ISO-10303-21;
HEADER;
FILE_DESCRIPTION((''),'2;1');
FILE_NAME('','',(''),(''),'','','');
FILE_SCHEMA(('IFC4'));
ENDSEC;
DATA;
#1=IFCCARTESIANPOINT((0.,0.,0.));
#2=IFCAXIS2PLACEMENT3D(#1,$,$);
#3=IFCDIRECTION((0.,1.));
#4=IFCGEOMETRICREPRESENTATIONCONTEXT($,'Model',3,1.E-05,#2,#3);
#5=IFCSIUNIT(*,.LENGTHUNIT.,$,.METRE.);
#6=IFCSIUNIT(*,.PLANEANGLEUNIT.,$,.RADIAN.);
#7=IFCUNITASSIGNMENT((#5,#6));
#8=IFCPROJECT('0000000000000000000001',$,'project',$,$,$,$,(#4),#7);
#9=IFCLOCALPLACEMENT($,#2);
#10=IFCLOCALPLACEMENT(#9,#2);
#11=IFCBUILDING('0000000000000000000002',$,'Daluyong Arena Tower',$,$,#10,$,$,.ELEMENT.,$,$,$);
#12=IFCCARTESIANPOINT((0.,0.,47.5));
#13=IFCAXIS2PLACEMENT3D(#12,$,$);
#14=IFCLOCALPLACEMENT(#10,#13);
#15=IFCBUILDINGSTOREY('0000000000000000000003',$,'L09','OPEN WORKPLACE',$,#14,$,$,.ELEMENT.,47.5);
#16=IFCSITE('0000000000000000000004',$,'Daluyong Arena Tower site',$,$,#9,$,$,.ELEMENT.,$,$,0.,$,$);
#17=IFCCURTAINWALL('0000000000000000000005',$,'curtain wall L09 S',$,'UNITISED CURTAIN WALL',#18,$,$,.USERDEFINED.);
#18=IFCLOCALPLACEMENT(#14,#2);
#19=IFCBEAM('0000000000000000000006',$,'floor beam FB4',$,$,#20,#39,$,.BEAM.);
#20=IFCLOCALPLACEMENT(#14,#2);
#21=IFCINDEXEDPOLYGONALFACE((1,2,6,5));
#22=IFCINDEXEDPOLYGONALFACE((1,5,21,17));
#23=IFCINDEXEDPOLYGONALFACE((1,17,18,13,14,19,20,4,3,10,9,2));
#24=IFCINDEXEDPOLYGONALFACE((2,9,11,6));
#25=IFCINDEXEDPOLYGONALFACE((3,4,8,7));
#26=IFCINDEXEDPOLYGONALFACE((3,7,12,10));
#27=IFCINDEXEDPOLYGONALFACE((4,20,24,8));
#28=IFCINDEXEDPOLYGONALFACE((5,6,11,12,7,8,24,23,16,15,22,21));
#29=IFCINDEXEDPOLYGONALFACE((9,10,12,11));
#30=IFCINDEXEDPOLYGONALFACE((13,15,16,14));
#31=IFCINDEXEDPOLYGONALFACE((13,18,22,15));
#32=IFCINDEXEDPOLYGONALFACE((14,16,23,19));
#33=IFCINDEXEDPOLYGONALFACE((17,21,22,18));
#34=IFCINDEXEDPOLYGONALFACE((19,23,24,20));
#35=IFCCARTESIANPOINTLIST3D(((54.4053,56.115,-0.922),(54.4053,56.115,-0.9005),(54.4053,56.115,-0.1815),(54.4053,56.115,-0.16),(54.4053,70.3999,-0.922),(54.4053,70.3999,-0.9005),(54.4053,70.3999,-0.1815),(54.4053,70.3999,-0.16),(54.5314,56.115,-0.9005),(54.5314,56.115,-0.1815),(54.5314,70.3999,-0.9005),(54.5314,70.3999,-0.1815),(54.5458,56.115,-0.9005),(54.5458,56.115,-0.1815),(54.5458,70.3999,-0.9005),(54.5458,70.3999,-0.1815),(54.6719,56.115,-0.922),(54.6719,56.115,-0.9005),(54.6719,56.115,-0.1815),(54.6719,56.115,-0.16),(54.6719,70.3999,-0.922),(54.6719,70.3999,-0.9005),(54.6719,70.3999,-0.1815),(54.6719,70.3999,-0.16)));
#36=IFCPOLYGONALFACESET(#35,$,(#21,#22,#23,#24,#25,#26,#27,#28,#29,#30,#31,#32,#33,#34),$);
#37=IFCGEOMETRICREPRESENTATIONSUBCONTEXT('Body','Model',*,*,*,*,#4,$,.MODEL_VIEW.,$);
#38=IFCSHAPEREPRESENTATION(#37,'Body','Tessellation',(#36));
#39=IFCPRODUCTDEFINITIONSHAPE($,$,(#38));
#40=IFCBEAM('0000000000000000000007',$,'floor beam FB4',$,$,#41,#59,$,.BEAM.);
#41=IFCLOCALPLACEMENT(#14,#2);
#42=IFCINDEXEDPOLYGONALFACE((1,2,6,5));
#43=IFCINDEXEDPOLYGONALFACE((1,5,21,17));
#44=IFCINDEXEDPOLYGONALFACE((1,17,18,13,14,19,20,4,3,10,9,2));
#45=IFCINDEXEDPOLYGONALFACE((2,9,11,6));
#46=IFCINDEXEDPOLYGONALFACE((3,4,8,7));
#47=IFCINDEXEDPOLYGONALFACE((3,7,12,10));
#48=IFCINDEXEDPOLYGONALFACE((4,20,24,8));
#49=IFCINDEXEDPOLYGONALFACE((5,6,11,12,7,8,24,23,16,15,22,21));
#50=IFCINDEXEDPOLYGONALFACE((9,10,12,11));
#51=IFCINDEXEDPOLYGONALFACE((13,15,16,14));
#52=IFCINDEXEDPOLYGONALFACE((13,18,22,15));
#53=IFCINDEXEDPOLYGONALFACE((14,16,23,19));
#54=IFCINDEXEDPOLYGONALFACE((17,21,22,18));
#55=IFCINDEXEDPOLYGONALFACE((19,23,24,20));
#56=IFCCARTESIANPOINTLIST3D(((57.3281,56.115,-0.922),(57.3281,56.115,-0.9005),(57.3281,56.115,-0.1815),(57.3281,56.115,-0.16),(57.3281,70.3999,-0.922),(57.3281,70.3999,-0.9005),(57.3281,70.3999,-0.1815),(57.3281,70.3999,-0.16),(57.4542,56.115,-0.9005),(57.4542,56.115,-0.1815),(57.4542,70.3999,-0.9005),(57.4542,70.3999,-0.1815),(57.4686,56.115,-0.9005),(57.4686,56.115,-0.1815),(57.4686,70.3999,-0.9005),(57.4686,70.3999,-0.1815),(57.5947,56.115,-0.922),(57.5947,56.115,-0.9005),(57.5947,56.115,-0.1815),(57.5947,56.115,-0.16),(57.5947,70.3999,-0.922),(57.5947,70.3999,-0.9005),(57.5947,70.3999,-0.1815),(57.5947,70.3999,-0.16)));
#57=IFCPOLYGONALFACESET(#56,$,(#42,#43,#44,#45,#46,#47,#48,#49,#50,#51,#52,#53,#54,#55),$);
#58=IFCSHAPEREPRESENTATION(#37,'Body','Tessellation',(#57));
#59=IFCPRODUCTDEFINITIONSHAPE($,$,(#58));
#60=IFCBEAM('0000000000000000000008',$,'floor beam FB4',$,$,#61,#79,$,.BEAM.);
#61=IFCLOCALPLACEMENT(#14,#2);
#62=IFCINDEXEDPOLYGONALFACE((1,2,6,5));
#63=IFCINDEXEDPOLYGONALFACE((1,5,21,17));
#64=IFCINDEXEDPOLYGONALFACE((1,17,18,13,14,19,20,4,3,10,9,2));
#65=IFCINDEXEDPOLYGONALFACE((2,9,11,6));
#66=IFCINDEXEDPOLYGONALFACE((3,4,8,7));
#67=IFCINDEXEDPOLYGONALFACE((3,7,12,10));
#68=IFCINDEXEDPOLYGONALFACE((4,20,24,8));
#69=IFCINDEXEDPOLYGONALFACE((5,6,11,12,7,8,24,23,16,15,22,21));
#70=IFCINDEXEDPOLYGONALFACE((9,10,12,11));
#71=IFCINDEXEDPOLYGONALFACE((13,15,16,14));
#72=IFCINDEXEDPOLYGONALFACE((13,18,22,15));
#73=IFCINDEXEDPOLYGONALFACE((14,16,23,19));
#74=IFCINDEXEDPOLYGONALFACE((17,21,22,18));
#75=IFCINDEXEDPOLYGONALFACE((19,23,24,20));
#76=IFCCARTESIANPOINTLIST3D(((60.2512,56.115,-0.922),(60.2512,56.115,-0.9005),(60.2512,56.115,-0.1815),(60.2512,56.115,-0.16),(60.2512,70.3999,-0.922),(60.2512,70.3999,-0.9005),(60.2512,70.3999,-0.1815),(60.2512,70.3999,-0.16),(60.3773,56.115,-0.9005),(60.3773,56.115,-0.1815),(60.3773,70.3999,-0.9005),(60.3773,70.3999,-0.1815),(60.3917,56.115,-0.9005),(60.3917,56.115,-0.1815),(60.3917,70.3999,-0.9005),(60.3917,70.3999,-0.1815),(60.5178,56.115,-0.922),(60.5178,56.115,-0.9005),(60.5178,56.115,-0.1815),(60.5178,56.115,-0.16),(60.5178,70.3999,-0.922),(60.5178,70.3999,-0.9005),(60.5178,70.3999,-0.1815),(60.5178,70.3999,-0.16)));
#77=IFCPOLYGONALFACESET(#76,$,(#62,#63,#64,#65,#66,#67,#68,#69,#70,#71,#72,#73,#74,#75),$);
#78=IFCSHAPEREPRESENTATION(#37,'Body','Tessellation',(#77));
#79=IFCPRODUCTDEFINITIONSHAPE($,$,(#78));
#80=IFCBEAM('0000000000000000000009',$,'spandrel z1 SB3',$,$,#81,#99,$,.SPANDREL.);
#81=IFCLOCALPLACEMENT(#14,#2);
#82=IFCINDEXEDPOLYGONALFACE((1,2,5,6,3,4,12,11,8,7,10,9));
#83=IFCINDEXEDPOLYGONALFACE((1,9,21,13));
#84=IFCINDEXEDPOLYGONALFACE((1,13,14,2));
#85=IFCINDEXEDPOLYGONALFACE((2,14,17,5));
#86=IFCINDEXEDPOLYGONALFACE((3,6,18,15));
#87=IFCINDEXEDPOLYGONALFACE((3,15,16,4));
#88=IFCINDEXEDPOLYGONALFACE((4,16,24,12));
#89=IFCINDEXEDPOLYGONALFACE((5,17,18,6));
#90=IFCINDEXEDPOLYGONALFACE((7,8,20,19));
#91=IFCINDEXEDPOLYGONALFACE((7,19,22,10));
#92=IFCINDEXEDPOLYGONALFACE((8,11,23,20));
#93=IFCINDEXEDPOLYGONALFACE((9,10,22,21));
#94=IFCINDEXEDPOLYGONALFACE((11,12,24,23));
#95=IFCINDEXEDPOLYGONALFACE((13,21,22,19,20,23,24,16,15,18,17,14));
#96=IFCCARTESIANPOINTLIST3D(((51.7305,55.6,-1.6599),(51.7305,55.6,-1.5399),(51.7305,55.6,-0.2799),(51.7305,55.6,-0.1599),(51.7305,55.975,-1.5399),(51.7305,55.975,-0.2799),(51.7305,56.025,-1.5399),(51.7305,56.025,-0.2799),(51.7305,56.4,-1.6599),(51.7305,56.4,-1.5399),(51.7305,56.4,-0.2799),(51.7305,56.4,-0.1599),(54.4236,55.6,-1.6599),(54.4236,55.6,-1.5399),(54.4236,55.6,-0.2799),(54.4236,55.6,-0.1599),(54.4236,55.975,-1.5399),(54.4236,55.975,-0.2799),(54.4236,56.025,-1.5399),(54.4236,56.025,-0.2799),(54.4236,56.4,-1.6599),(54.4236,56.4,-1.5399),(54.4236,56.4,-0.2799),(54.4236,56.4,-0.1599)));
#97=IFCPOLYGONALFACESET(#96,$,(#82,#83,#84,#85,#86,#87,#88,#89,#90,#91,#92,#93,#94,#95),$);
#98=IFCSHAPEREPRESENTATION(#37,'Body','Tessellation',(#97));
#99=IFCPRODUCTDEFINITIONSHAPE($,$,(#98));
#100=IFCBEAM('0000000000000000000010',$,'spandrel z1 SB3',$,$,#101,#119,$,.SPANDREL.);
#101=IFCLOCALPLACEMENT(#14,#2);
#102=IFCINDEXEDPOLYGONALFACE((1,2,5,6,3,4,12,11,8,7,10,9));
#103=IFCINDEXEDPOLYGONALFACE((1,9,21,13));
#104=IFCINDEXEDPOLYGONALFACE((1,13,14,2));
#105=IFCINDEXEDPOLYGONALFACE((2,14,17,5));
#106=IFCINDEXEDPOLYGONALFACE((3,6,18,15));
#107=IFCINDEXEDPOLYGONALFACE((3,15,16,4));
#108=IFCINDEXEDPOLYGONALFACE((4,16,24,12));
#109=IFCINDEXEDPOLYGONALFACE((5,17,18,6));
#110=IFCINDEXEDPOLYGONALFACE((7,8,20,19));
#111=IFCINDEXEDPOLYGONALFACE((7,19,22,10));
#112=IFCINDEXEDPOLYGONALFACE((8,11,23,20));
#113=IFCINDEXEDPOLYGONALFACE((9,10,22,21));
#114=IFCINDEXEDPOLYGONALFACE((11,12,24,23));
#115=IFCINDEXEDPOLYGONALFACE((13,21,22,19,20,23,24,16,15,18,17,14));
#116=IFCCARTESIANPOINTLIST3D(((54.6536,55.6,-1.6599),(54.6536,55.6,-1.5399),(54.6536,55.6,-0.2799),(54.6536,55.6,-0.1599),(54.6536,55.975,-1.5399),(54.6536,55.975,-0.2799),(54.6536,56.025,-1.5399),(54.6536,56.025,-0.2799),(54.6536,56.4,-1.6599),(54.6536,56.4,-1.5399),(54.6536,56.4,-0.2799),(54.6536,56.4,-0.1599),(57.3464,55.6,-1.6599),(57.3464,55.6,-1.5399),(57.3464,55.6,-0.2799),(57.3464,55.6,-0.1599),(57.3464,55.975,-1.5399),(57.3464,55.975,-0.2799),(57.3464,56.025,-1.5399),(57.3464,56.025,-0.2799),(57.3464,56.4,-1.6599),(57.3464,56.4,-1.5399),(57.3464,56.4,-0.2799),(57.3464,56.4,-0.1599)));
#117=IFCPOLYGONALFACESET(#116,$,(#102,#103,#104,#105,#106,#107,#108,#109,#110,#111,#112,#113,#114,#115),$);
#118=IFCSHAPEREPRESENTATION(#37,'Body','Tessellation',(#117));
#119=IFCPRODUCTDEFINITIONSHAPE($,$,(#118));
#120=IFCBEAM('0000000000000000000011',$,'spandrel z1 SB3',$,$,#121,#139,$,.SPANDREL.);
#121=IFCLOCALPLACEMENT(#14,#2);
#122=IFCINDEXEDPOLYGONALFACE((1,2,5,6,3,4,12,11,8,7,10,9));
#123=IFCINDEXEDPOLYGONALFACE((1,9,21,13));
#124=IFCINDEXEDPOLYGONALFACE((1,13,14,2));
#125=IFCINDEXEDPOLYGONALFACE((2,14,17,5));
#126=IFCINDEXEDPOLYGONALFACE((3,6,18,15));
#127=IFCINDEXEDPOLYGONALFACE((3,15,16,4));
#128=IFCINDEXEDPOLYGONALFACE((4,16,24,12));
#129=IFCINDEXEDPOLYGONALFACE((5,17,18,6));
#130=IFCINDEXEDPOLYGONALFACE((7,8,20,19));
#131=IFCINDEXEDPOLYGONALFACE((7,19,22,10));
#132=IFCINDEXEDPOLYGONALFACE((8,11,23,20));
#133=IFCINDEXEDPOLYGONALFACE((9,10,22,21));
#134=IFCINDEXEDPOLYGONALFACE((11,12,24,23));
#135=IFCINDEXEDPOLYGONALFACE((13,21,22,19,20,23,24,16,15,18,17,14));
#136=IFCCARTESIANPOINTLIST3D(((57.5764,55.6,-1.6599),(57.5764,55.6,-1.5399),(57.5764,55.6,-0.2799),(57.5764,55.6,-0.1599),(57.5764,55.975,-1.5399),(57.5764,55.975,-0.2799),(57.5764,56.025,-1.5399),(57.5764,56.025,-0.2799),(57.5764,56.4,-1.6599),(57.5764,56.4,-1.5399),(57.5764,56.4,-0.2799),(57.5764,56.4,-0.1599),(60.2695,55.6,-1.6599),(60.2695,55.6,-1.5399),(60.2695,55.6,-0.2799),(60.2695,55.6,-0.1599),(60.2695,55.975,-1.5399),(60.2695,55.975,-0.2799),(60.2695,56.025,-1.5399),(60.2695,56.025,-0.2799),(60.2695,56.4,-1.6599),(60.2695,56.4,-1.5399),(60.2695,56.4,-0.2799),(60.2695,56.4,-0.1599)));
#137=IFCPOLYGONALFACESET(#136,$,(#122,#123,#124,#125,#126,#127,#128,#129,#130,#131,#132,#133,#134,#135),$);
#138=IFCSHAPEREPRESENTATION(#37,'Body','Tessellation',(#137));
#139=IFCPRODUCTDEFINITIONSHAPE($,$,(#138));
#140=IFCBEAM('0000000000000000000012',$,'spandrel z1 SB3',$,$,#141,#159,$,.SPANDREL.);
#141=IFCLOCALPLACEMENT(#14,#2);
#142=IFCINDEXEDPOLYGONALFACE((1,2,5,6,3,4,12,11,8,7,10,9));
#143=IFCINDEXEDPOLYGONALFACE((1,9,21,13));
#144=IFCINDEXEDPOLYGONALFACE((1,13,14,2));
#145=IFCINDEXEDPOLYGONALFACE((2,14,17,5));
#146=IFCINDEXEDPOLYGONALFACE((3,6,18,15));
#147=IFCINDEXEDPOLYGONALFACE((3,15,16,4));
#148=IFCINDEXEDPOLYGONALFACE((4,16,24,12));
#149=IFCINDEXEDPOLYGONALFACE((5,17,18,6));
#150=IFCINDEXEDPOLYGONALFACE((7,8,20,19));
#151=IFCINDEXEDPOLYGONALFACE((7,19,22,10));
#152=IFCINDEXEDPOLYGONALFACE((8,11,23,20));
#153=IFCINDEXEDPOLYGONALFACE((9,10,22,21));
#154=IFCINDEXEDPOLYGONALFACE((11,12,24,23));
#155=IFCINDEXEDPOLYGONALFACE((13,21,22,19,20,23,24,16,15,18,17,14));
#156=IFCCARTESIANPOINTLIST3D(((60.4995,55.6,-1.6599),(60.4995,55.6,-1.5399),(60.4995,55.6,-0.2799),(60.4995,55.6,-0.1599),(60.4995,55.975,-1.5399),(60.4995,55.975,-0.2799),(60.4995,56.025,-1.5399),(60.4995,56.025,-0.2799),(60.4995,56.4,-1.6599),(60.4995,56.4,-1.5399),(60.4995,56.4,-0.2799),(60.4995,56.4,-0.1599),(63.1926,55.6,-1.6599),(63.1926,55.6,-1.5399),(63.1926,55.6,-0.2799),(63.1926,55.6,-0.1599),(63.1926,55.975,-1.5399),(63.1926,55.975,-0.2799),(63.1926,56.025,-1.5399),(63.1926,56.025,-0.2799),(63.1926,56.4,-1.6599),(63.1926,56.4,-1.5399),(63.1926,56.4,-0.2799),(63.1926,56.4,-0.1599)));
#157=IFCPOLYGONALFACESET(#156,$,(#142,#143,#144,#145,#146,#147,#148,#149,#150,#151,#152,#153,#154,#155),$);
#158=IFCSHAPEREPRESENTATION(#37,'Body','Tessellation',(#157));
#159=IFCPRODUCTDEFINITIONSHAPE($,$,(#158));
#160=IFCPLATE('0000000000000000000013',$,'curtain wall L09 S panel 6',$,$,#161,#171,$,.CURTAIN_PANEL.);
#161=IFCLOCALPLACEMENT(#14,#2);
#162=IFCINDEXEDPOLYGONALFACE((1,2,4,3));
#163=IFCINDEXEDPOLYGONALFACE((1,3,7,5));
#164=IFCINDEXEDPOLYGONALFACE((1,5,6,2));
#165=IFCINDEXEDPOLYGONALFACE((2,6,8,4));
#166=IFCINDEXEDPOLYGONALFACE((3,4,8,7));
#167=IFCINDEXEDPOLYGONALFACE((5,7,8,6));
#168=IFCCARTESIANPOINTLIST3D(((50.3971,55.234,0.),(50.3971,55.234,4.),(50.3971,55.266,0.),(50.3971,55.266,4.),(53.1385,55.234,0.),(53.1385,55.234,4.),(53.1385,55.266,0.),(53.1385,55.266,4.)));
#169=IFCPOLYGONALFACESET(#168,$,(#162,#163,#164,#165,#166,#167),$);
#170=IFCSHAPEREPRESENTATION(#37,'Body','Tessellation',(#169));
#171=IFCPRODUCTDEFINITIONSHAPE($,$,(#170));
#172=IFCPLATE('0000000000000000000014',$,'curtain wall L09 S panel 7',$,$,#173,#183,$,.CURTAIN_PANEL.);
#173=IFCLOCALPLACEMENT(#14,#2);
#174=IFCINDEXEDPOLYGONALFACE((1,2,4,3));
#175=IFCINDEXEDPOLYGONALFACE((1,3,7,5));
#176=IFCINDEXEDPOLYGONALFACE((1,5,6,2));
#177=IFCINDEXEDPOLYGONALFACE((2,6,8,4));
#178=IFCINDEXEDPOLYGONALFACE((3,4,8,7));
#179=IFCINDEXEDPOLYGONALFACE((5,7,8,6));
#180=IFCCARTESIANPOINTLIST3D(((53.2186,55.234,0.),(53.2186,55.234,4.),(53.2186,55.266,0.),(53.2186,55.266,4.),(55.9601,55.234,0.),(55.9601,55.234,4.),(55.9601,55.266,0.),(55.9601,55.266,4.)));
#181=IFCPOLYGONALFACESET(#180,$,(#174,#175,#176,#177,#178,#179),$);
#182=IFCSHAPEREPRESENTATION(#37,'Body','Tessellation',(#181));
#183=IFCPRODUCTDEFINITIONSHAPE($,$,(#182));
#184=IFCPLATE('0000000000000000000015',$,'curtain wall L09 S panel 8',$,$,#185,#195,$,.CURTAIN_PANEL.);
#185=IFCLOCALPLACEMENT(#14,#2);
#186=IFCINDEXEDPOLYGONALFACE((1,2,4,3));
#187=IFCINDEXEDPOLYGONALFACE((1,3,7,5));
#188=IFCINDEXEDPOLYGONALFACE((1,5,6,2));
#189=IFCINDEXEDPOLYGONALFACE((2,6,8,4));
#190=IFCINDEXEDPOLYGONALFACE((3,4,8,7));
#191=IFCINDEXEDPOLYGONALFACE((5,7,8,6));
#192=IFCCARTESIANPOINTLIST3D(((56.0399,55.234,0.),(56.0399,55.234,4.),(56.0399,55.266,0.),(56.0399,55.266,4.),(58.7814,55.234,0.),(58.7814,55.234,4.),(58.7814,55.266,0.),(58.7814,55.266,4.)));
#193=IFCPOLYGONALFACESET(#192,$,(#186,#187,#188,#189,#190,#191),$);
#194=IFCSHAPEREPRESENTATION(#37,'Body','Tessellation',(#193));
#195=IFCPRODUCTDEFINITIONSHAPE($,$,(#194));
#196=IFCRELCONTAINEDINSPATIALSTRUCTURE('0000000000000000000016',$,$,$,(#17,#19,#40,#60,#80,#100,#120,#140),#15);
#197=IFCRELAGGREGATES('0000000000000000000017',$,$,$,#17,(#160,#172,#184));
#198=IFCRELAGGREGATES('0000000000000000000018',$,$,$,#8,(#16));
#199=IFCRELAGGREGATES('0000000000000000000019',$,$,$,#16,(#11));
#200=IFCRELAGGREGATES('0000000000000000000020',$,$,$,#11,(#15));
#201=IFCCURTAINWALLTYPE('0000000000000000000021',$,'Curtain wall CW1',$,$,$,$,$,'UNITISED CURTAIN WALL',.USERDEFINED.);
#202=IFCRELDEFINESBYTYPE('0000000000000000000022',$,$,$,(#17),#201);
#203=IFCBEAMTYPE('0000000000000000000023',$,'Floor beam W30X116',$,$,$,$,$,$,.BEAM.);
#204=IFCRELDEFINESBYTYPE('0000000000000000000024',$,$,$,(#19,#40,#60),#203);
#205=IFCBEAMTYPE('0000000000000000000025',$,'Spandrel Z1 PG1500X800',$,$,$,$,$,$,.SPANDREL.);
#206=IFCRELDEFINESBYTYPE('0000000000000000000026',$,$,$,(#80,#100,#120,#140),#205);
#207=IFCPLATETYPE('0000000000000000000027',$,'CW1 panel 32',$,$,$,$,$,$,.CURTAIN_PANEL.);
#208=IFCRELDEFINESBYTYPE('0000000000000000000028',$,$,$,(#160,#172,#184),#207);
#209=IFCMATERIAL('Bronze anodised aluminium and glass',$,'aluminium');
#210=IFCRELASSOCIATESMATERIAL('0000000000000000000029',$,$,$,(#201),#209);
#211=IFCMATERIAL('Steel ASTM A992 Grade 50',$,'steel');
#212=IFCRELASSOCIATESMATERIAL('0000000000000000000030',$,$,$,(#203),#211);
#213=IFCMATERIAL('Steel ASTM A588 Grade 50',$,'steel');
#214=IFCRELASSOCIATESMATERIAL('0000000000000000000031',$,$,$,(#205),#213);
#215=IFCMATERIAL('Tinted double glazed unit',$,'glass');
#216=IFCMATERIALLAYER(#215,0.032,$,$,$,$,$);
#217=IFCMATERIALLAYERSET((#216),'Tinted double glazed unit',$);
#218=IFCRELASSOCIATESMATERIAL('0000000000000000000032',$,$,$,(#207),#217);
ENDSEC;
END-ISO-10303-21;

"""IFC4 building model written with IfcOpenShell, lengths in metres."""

from ifc_helpers import new_model, si_unit, direction, frame, origin, origin_2d, place, context, subcontext, project, spatial, rectangle, i_section, extrude, material, layer, layer_set, material_profile, profile_set, type_object, element, aggregate, save


model = new_model("IFC4")

# Units and contexts
model_context = context("Model", 3, precision=1e-05, world=origin(), true_north=direction((0.0, 1.0)))
body_context = subcontext(model_context, "Body", "Model", "MODEL_VIEW")
ifc_project = project(units=[si_unit("LENGTHUNIT", "METRE"), si_unit("PLANEANGLEUNIT", "RADIAN")], contexts=[model_context])

# Site, building, storey
site_placement = place(None, origin())
site = spatial("IfcSite", under=ifc_project, at=site_placement, Name="Daluyong Arena Tower site", CompositionType="ELEMENT", RefElevation=0.0)
building_placement = place(site_placement, origin())
building = spatial("IfcBuilding", under=site, at=building_placement, Name="Daluyong Arena Tower", CompositionType="ELEMENT")
storey_placement = place(building_placement, frame((0.0, 0.0, 47.5)))
storey = spatial("IfcBuildingStorey", under=building, at=storey_placement, Name="L09", Description="OPEN WORKPLACE", CompositionType="ELEMENT", Elevation=47.5)

# Curtain wall
ifc_material_1 = material(Name="Bronze anodised aluminium and glass", Category="aluminium")
curtain_wall_type = type_object("IfcCurtainWallType", Name="Curtain wall CW1", ElementType="UNITISED CURTAIN WALL", PredefinedType="USERDEFINED", material=ifc_material_1)
curtain_wall_placement = place(storey_placement, origin())
curtain_wall = element("IfcCurtainWall", 1, at=curtain_wall_placement, inside=storey, type_object=curtain_wall_type, Name="curtain wall L09 S", ObjectType="UNITISED CURTAIN WALL", PredefinedType="USERDEFINED")

# Beams
ifc_material_2 = material(Name="Steel ASTM A992 Grade 50", Category="steel")
ifc_material_profile_1 = material_profile(ifc_material_2, i_section(OverallWidth=0.2666, OverallDepth=0.762, WebThickness=0.0144, FlangeThickness=0.0215, at=origin_2d()))
ifc_profile_set_1 = profile_set([ifc_material_profile_1], Name="Steel ASTM A992 Grade 50")
beam_type_1 = type_object("IfcBeamType", Name="Floor beam W30X116", PredefinedType="BEAM", material=ifc_profile_set_1)
for number, where, z_axis, x_axis, name in (
    (2, (54.5386, 56.115, -0.541), (0.0, 1.0, 0.0), (-1.0, 0.0, 0.0), "floor beam FB4"),
    (3, (57.4614, 56.115, -0.541), (0.0, 1.0, 0.0), (-1.0, 0.0, 0.0), "floor beam FB4"),
    (4, (60.3845, 56.115, -0.541), (0.0, 1.0, 0.0), (-1.0, 0.0, 0.0), "floor beam FB4"),
):
    element("IfcBeam", number, at=place(storey_placement, frame(where, z_axis=z_axis, x_axis=x_axis)), inside=storey, type_object=beam_type_1, Name=name, PredefinedType="BEAM", context=body_context, shape_type="SweptSolid", body=[
        extrude(i_section(OverallWidth=0.2666, OverallDepth=0.762, WebThickness=0.0144, FlangeThickness=0.0215, at=origin_2d()), origin(), (0.0, 0.0, 1.0), 14.2849),
    ])
ifc_material_3 = material(Name="Steel ASTM A588 Grade 50", Category="steel")
ifc_material_profile_2 = material_profile(ifc_material_3, i_section(OverallWidth=0.8, OverallDepth=1.5, WebThickness=0.05, FlangeThickness=0.12, at=origin_2d()))
ifc_profile_set_2 = profile_set([ifc_material_profile_2], Name="Steel ASTM A588 Grade 50")
beam_type_2 = type_object("IfcBeamType", Name="Spandrel Z1 PG1500X800", PredefinedType="SPANDREL", material=ifc_profile_set_2)
beam_1_placement = place(storey_placement, frame((51.7305, 56.0, -0.9099), z_axis=(1.0, 0.0, 0.0), x_axis=(0.0, 1.0, 0.0)))
element("IfcBeam", 5, at=beam_1_placement, inside=storey, type_object=beam_type_2, Name="spandrel z1 SB3", PredefinedType="SPANDREL", context=body_context, shape_type="SweptSolid", body=[
    extrude(i_section(OverallWidth=0.8, OverallDepth=1.5, WebThickness=0.05, FlangeThickness=0.12, at=origin_2d()), origin(), (0.0, 0.0, 1.0), 2.6931),
])
beam_2_placement = place(storey_placement, frame((54.6536, 56.0, -0.9099), z_axis=(1.0, 0.0, 0.0), x_axis=(0.0, 1.0, 0.0)))
element("IfcBeam", 6, at=beam_2_placement, inside=storey, type_object=beam_type_2, Name="spandrel z1 SB3", PredefinedType="SPANDREL", context=body_context, shape_type="SweptSolid", body=[
    extrude(i_section(OverallWidth=0.8, OverallDepth=1.5, WebThickness=0.05, FlangeThickness=0.12, at=origin_2d()), origin(), (0.0, 0.0, 1.0), 2.6929),
])
for number, where, z_axis, x_axis, name in (
    (7, (57.5764, 56.0, -0.9099), (1.0, 0.0, 0.0), (0.0, 1.0, 0.0), "spandrel z1 SB3"),
    (8, (60.4995, 56.0, -0.9099), (1.0, 0.0, 0.0), (0.0, 1.0, 0.0), "spandrel z1 SB3"),
):
    element("IfcBeam", number, at=place(storey_placement, frame(where, z_axis=z_axis, x_axis=x_axis)), inside=storey, type_object=beam_type_2, Name=name, PredefinedType="SPANDREL", context=body_context, shape_type="SweptSolid", body=[
        extrude(i_section(OverallWidth=0.8, OverallDepth=1.5, WebThickness=0.05, FlangeThickness=0.12, at=origin_2d()), origin(), (0.0, 0.0, 1.0), 2.6931),
    ])

# Plates
ifc_material_4 = material(Name="Tinted double glazed unit", Category="glass")
ifc_layer_1 = layer(ifc_material_4, 0.032)
ifc_layer_set_1 = layer_set([ifc_layer_1], Name="Tinted double glazed unit")
plate_type = type_object("IfcPlateType", Name="CW1 panel 32", PredefinedType="CURTAIN_PANEL", material=ifc_layer_set_1)
plate_1_placement = place(storey_placement, frame((51.7678, 55.25, 0.0), z_axis=(0.0, 0.0, 1.0), x_axis=(1.0, 0.0, 0.0)))
plate_1 = element("IfcPlate", 9, at=plate_1_placement, type_object=plate_type, Name="curtain wall L09 S panel 6", PredefinedType="CURTAIN_PANEL", context=body_context, shape_type="SweptSolid", body=[
    extrude(rectangle(XDim=2.7415, YDim=0.032, at=origin_2d()), origin(), (0.0, 0.0, 1.0), 4.0),
])
plate_2_placement = place(storey_placement, frame((54.5894, 55.25, 0.0), z_axis=(0.0, 0.0, 1.0), x_axis=(1.0, 0.0, 0.0)))
plate_2 = element("IfcPlate", 10, at=plate_2_placement, type_object=plate_type, Name="curtain wall L09 S panel 7", PredefinedType="CURTAIN_PANEL", context=body_context, shape_type="SweptSolid", body=[
    extrude(rectangle(XDim=2.7415, YDim=0.032, at=origin_2d()), origin(), (0.0, 0.0, 1.0), 4.0),
])
plate_3_placement = place(storey_placement, frame((57.4106, 55.25, 0.0), z_axis=(0.0, 0.0, 1.0), x_axis=(1.0, 0.0, 0.0)))
plate_3 = element("IfcPlate", 11, at=plate_3_placement, type_object=plate_type, Name="curtain wall L09 S panel 8", PredefinedType="CURTAIN_PANEL", context=body_context, shape_type="SweptSolid", body=[
    extrude(rectangle(XDim=2.7415, YDim=0.032, at=origin_2d()), origin(), (0.0, 0.0, 1.0), 4.0),
])
aggregate(curtain_wall, [plate_1, plate_2, plate_3])

save(model, "model.ifc")
